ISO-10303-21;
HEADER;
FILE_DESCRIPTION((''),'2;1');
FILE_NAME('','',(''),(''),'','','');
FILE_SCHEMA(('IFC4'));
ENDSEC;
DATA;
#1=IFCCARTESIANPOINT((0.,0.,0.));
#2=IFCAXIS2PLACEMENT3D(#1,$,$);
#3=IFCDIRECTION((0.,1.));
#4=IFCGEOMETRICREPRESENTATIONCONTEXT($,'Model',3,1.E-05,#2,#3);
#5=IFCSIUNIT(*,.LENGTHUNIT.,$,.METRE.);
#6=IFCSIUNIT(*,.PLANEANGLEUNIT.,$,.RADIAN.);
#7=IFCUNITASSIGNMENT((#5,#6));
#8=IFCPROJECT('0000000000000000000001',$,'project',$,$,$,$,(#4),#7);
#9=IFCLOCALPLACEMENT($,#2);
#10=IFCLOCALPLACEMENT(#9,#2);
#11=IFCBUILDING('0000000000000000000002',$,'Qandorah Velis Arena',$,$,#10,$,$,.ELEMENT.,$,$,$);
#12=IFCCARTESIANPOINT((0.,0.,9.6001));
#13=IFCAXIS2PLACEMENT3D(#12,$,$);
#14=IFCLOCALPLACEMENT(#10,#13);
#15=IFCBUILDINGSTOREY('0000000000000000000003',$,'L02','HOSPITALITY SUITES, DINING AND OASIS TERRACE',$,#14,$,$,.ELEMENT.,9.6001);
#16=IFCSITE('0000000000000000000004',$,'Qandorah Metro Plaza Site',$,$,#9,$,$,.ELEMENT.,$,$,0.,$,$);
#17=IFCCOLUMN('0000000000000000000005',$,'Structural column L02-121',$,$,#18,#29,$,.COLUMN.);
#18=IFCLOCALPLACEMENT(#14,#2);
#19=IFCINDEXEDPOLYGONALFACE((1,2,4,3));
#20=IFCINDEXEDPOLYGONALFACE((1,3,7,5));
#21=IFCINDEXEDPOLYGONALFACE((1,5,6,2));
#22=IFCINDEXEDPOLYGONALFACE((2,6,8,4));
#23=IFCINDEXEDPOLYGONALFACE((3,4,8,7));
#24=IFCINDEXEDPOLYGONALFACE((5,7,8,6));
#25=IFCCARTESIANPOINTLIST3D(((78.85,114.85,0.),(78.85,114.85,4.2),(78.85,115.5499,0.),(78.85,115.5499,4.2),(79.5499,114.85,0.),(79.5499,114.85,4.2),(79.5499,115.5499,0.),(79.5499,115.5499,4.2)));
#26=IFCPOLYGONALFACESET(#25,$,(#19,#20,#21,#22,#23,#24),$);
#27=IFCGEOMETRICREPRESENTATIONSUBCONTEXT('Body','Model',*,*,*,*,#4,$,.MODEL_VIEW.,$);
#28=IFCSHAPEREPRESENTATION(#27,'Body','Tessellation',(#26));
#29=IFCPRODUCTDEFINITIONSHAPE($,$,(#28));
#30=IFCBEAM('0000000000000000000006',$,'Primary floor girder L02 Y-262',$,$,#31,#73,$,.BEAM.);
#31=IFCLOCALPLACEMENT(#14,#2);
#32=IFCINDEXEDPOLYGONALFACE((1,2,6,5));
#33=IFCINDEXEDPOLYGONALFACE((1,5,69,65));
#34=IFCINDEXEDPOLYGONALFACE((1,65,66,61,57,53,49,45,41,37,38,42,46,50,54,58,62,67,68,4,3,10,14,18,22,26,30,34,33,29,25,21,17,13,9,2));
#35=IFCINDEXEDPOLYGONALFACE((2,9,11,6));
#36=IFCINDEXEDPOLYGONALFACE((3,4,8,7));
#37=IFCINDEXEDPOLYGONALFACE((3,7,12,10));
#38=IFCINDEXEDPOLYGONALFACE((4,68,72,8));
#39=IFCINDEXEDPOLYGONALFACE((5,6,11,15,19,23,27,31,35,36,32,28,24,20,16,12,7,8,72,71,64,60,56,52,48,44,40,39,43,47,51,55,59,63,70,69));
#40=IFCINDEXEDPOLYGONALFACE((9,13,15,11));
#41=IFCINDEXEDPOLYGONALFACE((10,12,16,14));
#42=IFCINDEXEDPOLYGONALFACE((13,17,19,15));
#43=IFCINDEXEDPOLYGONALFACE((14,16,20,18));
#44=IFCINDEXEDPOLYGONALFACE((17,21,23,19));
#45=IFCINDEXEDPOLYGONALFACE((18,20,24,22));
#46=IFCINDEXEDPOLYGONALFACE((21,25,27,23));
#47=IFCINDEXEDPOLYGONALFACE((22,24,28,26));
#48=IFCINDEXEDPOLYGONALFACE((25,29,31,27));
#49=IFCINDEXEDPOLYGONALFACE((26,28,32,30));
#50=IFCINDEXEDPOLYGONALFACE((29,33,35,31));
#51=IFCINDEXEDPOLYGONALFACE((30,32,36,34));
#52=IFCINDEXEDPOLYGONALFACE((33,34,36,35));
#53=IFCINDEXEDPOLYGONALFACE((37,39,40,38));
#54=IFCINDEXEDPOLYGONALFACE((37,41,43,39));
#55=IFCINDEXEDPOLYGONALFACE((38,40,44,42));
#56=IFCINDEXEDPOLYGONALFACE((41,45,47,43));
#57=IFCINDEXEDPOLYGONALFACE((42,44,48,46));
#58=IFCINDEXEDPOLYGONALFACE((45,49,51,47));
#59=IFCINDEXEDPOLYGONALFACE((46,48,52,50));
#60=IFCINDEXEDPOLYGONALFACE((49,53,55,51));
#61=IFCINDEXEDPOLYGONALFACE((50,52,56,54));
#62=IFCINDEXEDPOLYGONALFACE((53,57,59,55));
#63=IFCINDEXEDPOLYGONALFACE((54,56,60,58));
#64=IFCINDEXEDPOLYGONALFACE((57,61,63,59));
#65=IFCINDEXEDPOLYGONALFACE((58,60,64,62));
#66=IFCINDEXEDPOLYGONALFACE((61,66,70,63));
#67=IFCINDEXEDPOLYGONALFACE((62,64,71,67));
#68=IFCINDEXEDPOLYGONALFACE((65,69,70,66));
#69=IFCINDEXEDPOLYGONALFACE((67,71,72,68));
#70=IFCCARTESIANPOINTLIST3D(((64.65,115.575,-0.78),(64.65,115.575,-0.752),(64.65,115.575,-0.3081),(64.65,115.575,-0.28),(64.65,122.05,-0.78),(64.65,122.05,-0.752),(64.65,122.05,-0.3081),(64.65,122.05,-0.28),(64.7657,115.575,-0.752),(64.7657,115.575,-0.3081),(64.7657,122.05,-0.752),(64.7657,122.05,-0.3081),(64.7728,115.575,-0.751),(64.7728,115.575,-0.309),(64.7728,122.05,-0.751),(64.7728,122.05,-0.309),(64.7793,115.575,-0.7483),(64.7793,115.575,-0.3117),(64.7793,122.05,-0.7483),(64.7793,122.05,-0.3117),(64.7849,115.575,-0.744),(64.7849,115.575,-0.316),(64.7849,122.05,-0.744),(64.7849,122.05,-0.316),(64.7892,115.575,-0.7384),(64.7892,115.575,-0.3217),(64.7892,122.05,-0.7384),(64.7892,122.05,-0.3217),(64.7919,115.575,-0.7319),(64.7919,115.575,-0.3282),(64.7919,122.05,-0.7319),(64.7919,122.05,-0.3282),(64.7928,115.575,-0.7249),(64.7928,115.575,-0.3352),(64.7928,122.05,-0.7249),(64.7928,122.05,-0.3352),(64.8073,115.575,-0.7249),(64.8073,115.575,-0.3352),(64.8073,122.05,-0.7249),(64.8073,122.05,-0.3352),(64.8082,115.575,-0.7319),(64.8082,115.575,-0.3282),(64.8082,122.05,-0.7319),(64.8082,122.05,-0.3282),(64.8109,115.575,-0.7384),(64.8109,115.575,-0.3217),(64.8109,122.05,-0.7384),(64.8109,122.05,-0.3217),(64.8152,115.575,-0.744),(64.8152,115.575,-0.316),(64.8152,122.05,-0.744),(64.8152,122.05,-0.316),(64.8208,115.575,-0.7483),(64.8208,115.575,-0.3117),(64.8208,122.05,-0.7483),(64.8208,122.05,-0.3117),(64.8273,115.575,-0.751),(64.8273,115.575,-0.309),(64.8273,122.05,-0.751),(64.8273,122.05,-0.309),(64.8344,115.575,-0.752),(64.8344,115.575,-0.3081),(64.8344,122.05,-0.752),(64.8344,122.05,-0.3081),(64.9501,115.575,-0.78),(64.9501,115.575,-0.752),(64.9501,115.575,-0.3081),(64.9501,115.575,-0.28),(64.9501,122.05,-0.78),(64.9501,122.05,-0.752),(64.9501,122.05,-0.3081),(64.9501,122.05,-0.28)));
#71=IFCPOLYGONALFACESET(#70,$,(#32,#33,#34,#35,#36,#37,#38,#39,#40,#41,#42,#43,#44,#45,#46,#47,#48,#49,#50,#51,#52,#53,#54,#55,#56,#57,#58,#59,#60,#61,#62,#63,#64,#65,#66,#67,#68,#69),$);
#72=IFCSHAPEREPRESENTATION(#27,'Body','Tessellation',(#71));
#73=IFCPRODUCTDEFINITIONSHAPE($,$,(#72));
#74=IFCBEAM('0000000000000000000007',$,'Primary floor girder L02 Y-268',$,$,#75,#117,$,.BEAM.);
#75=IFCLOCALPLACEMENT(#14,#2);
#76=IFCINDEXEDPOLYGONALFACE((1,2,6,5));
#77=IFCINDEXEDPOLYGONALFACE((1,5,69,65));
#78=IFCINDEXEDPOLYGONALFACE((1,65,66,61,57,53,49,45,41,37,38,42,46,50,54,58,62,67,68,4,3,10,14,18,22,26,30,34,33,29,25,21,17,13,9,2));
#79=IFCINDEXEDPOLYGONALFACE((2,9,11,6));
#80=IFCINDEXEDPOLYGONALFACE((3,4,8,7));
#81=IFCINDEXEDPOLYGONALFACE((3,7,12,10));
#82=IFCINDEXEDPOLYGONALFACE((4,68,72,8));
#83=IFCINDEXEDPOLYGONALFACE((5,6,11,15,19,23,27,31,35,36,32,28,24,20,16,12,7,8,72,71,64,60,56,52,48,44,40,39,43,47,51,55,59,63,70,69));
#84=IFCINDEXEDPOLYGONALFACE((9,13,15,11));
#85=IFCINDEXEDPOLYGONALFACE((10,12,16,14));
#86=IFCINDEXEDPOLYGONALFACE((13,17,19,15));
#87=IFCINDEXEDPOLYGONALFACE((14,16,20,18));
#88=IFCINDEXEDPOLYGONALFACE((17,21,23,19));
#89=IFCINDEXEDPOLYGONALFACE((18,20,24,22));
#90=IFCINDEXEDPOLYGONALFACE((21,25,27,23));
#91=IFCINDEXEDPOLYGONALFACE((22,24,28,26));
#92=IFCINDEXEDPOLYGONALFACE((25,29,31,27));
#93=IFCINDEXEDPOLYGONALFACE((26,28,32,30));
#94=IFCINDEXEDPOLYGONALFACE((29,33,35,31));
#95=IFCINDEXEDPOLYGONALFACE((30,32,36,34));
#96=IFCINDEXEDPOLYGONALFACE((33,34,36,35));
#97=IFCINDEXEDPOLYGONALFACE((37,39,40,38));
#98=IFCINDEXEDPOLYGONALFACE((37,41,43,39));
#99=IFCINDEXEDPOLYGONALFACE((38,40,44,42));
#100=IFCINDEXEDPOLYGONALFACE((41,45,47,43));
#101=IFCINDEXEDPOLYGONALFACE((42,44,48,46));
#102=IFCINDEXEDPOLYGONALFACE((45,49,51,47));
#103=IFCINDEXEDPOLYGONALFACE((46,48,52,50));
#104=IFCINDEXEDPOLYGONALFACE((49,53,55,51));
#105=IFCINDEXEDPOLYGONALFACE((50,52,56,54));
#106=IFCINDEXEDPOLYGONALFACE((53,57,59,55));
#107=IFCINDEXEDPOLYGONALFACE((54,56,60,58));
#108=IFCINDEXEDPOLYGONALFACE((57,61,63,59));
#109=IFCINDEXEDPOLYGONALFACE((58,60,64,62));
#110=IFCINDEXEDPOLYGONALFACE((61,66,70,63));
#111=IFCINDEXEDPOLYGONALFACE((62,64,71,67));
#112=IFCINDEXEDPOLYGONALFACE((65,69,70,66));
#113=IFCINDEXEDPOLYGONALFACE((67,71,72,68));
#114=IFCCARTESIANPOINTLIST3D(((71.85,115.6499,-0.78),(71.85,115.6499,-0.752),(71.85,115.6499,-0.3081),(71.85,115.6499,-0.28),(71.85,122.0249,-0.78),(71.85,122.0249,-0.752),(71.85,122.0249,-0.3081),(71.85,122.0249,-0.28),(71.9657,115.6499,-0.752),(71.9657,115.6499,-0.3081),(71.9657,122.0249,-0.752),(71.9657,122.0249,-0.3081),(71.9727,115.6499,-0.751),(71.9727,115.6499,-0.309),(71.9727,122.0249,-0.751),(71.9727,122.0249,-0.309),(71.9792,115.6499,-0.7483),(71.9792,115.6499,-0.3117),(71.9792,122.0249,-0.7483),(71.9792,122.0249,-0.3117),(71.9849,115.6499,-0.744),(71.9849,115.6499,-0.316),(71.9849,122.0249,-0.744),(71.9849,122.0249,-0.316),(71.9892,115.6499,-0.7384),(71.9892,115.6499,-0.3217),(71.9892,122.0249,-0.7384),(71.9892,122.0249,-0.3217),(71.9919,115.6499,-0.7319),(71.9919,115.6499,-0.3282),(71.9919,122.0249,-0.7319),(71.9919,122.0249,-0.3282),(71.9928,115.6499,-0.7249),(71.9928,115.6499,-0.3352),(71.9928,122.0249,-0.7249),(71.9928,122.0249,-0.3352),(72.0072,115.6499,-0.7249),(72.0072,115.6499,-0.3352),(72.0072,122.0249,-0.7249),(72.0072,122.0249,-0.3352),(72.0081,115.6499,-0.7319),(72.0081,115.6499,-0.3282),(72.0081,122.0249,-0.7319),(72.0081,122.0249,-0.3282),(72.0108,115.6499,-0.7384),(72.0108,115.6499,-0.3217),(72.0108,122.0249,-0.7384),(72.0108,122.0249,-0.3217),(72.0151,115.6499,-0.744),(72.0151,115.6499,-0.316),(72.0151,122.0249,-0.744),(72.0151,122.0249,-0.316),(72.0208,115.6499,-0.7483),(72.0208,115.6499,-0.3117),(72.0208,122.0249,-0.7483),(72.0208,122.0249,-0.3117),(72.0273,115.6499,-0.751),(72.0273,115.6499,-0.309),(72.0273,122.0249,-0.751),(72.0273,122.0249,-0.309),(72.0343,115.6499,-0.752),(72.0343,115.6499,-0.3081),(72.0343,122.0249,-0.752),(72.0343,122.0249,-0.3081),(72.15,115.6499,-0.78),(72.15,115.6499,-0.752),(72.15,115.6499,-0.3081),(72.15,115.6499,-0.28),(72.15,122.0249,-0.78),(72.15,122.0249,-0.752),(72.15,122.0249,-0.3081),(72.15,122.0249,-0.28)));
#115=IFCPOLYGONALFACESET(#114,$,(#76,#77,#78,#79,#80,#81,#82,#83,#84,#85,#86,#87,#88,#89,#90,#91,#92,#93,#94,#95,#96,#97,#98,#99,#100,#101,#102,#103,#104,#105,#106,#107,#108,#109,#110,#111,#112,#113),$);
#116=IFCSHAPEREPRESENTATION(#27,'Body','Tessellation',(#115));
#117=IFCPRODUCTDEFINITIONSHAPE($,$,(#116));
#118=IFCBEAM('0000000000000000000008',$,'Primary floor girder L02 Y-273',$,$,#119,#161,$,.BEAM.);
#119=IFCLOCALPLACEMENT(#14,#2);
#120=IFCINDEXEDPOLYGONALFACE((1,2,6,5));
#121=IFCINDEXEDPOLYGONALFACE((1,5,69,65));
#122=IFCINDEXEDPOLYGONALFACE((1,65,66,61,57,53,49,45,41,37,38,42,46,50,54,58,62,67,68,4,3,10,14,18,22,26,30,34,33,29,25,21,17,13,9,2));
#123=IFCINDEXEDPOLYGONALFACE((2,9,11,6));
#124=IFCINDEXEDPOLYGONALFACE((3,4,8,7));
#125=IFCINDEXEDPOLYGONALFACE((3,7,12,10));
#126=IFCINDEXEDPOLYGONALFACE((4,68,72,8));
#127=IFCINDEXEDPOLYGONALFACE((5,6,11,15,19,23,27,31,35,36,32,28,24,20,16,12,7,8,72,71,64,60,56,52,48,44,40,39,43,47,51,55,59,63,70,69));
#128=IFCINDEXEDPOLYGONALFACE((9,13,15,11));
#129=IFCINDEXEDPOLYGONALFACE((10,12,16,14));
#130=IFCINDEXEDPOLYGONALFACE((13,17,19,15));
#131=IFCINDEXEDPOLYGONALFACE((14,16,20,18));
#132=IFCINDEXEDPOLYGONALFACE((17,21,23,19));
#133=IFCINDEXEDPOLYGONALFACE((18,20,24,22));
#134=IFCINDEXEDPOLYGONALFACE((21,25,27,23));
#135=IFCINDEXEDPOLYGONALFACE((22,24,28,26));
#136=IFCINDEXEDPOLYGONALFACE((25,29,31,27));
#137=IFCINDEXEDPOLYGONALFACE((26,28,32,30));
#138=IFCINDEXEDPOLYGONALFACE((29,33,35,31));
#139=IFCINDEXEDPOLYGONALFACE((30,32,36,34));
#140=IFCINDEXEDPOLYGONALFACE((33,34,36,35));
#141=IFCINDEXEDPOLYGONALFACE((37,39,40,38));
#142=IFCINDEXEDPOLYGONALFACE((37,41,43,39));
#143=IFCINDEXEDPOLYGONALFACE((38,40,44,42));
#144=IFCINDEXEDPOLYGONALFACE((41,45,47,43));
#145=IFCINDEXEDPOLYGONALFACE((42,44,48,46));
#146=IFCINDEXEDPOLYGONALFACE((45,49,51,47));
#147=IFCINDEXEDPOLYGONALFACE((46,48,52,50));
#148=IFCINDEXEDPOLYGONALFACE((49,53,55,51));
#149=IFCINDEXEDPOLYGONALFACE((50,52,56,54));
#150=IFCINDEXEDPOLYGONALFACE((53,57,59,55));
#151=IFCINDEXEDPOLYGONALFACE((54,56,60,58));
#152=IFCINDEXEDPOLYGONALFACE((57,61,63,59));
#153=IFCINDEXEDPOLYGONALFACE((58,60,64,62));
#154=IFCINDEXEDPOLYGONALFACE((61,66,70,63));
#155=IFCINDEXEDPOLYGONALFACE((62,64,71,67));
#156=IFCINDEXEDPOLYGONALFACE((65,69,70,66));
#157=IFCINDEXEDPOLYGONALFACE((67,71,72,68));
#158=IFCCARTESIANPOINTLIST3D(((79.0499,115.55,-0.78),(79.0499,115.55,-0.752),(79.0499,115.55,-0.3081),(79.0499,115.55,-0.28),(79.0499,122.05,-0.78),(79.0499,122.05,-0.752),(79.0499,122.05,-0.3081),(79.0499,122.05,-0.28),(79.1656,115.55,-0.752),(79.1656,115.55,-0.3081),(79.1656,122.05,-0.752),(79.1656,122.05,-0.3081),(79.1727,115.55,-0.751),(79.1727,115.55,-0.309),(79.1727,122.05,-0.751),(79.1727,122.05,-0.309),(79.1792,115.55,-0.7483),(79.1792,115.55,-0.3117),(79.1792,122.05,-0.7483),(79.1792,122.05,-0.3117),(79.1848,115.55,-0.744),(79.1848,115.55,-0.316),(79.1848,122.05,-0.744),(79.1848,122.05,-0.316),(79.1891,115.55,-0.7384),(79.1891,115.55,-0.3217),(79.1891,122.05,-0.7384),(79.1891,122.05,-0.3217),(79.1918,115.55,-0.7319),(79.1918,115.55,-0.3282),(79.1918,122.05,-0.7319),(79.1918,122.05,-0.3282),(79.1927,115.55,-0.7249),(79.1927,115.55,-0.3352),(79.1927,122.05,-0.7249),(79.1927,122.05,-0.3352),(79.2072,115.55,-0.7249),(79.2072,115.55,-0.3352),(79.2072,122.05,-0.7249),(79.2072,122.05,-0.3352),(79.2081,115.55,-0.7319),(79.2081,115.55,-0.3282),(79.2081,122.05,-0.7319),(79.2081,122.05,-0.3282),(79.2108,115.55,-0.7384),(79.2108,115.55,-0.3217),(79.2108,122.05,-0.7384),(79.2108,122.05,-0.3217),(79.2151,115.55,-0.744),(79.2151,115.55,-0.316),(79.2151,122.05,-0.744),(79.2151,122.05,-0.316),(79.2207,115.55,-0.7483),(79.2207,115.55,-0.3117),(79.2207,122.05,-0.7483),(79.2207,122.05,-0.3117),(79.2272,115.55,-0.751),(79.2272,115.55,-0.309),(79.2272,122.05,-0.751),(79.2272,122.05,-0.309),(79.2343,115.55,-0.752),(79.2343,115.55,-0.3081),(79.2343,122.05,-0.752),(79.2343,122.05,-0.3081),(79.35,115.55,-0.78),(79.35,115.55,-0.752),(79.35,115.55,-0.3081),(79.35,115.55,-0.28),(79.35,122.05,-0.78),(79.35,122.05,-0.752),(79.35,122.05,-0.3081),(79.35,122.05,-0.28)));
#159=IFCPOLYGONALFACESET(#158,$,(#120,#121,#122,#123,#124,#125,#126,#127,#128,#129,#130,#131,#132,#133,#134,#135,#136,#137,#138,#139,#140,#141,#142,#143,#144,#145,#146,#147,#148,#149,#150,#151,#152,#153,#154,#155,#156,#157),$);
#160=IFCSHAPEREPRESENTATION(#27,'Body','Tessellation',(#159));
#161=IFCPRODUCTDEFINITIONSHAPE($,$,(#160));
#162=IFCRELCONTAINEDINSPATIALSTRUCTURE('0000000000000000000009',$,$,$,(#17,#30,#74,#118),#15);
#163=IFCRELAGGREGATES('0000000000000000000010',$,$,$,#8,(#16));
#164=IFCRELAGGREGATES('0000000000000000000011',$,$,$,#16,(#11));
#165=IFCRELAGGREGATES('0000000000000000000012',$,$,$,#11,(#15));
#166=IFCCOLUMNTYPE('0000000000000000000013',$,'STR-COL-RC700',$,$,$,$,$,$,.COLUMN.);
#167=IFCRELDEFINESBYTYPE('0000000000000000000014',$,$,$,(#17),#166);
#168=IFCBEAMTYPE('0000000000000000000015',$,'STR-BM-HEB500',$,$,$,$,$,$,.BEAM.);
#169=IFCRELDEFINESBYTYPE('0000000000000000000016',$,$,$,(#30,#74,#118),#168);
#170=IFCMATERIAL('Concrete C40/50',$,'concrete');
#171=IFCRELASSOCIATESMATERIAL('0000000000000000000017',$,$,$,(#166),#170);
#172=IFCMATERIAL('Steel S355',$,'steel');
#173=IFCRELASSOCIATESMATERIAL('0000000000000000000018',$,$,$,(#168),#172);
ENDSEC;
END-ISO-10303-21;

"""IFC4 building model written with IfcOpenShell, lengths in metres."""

from ifc_helpers import new_model, si_unit, direction, frame, origin, origin_2d, place, context, subcontext, project, spatial, rectangle, i_section, extrude, material, material_profile, profile_set, type_object, element, save


model = new_model("IFC4")

# Units and contexts
model_context = context("Model", 3, precision=1e-05, world=origin(), true_north=direction((0.0, 1.0)))
body_context = subcontext(model_context, "Body", "Model", "MODEL_VIEW")
ifc_project = project(units=[si_unit("LENGTHUNIT", "METRE"), si_unit("PLANEANGLEUNIT", "RADIAN")], contexts=[model_context])

# Site, building, storey
site_placement = place(None, origin())
site = spatial("IfcSite", under=ifc_project, at=site_placement, Name="Qandorah Metro Plaza Site", CompositionType="ELEMENT", RefElevation=0.0)
building_placement = place(site_placement, origin())
building = spatial("IfcBuilding", under=site, at=building_placement, Name="Qandorah Velis Arena", CompositionType="ELEMENT")
storey_placement = place(building_placement, frame((0.0, 0.0, 9.6001)))
storey = spatial("IfcBuildingStorey", under=building, at=storey_placement, Name="L02", Description="HOSPITALITY SUITES, DINING AND OASIS TERRACE", CompositionType="ELEMENT", Elevation=9.6001)

# Column
ifc_material_1 = material(Name="Concrete C40/50", Category="concrete")
ifc_material_profile_1 = material_profile(ifc_material_1, rectangle(XDim=0.7, YDim=0.7, at=origin_2d()), Name="RC COL 700x700")
ifc_profile_set_1 = profile_set([ifc_material_profile_1], Name="Concrete C40/50")
column_type = type_object("IfcColumnType", Name="STR-COL-RC700", PredefinedType="COLUMN", material=ifc_profile_set_1)
column_placement = place(storey_placement, frame((79.2, 115.2, 0.0), z_axis=(0.0, 0.0, 1.0), x_axis=(1.0, 0.0, 0.0)))
element("IfcColumn", 1, at=column_placement, inside=storey, type_object=column_type, Name="Structural column L02-121", PredefinedType="COLUMN", context=body_context, shape_type="SweptSolid", body=[
    extrude(rectangle(XDim=0.7, YDim=0.7, at=origin_2d()), origin(), (0.0, 0.0, 1.0), 4.2),
])

# Beams
ifc_material_2 = material(Name="Steel S355", Category="steel")
ifc_material_profile_2 = material_profile(ifc_material_2, i_section(OverallWidth=0.3, OverallDepth=0.5, WebThickness=0.0144, FlangeThickness=0.0281, FilletRadius=0.0271, at=origin_2d()), Name="HEB 500")
ifc_profile_set_2 = profile_set([ifc_material_profile_2], Name="Steel S355")
beam_type_1 = type_object("IfcBeamType", Name="STR-BM-HEB500", PredefinedType="BEAM", material=ifc_profile_set_2)
beam_1_placement = place(storey_placement, frame((64.8, 115.575, -0.53), z_axis=(0.0, 1.0, 0.0), x_axis=(-1.0, 0.0, 0.0)))
element("IfcBeam", 2, at=beam_1_placement, inside=storey, type_object=beam_type_1, Name="Primary floor girder L02 Y-262", PredefinedType="BEAM", context=body_context, shape_type="SweptSolid", body=[
    extrude(i_section(OverallWidth=0.3, OverallDepth=0.5, WebThickness=0.0144, FlangeThickness=0.0281, FilletRadius=0.0271, at=origin_2d()), origin(), (0.0, 0.0, 1.0), 6.4751),
])
beam_2_placement = place(storey_placement, frame((72.0, 115.6499, -0.53), z_axis=(0.0, 1.0, 0.0), x_axis=(-1.0, 0.0, 0.0)))
element("IfcBeam", 3, at=beam_2_placement, inside=storey, type_object=beam_type_1, Name="Primary floor girder L02 Y-268", PredefinedType="BEAM", context=body_context, shape_type="SweptSolid", body=[
    extrude(i_section(OverallWidth=0.3, OverallDepth=0.5, WebThickness=0.0144, FlangeThickness=0.0281, FilletRadius=0.0271, at=origin_2d()), origin(), (0.0, 0.0, 1.0), 6.375),
])
beam_3_placement = place(storey_placement, frame((79.2, 115.55, -0.53), z_axis=(0.0, 1.0, 0.0), x_axis=(-1.0, 0.0, 0.0)))
element("IfcBeam", 4, at=beam_3_placement, inside=storey, type_object=beam_type_1, Name="Primary floor girder L02 Y-273", PredefinedType="BEAM", context=body_context, shape_type="SweptSolid", body=[
    extrude(i_section(OverallWidth=0.3, OverallDepth=0.5, WebThickness=0.0144, FlangeThickness=0.0281, FilletRadius=0.0271, at=origin_2d()), origin(), (0.0, 0.0, 1.0), 6.5),
])

save(model, "model.ifc")
